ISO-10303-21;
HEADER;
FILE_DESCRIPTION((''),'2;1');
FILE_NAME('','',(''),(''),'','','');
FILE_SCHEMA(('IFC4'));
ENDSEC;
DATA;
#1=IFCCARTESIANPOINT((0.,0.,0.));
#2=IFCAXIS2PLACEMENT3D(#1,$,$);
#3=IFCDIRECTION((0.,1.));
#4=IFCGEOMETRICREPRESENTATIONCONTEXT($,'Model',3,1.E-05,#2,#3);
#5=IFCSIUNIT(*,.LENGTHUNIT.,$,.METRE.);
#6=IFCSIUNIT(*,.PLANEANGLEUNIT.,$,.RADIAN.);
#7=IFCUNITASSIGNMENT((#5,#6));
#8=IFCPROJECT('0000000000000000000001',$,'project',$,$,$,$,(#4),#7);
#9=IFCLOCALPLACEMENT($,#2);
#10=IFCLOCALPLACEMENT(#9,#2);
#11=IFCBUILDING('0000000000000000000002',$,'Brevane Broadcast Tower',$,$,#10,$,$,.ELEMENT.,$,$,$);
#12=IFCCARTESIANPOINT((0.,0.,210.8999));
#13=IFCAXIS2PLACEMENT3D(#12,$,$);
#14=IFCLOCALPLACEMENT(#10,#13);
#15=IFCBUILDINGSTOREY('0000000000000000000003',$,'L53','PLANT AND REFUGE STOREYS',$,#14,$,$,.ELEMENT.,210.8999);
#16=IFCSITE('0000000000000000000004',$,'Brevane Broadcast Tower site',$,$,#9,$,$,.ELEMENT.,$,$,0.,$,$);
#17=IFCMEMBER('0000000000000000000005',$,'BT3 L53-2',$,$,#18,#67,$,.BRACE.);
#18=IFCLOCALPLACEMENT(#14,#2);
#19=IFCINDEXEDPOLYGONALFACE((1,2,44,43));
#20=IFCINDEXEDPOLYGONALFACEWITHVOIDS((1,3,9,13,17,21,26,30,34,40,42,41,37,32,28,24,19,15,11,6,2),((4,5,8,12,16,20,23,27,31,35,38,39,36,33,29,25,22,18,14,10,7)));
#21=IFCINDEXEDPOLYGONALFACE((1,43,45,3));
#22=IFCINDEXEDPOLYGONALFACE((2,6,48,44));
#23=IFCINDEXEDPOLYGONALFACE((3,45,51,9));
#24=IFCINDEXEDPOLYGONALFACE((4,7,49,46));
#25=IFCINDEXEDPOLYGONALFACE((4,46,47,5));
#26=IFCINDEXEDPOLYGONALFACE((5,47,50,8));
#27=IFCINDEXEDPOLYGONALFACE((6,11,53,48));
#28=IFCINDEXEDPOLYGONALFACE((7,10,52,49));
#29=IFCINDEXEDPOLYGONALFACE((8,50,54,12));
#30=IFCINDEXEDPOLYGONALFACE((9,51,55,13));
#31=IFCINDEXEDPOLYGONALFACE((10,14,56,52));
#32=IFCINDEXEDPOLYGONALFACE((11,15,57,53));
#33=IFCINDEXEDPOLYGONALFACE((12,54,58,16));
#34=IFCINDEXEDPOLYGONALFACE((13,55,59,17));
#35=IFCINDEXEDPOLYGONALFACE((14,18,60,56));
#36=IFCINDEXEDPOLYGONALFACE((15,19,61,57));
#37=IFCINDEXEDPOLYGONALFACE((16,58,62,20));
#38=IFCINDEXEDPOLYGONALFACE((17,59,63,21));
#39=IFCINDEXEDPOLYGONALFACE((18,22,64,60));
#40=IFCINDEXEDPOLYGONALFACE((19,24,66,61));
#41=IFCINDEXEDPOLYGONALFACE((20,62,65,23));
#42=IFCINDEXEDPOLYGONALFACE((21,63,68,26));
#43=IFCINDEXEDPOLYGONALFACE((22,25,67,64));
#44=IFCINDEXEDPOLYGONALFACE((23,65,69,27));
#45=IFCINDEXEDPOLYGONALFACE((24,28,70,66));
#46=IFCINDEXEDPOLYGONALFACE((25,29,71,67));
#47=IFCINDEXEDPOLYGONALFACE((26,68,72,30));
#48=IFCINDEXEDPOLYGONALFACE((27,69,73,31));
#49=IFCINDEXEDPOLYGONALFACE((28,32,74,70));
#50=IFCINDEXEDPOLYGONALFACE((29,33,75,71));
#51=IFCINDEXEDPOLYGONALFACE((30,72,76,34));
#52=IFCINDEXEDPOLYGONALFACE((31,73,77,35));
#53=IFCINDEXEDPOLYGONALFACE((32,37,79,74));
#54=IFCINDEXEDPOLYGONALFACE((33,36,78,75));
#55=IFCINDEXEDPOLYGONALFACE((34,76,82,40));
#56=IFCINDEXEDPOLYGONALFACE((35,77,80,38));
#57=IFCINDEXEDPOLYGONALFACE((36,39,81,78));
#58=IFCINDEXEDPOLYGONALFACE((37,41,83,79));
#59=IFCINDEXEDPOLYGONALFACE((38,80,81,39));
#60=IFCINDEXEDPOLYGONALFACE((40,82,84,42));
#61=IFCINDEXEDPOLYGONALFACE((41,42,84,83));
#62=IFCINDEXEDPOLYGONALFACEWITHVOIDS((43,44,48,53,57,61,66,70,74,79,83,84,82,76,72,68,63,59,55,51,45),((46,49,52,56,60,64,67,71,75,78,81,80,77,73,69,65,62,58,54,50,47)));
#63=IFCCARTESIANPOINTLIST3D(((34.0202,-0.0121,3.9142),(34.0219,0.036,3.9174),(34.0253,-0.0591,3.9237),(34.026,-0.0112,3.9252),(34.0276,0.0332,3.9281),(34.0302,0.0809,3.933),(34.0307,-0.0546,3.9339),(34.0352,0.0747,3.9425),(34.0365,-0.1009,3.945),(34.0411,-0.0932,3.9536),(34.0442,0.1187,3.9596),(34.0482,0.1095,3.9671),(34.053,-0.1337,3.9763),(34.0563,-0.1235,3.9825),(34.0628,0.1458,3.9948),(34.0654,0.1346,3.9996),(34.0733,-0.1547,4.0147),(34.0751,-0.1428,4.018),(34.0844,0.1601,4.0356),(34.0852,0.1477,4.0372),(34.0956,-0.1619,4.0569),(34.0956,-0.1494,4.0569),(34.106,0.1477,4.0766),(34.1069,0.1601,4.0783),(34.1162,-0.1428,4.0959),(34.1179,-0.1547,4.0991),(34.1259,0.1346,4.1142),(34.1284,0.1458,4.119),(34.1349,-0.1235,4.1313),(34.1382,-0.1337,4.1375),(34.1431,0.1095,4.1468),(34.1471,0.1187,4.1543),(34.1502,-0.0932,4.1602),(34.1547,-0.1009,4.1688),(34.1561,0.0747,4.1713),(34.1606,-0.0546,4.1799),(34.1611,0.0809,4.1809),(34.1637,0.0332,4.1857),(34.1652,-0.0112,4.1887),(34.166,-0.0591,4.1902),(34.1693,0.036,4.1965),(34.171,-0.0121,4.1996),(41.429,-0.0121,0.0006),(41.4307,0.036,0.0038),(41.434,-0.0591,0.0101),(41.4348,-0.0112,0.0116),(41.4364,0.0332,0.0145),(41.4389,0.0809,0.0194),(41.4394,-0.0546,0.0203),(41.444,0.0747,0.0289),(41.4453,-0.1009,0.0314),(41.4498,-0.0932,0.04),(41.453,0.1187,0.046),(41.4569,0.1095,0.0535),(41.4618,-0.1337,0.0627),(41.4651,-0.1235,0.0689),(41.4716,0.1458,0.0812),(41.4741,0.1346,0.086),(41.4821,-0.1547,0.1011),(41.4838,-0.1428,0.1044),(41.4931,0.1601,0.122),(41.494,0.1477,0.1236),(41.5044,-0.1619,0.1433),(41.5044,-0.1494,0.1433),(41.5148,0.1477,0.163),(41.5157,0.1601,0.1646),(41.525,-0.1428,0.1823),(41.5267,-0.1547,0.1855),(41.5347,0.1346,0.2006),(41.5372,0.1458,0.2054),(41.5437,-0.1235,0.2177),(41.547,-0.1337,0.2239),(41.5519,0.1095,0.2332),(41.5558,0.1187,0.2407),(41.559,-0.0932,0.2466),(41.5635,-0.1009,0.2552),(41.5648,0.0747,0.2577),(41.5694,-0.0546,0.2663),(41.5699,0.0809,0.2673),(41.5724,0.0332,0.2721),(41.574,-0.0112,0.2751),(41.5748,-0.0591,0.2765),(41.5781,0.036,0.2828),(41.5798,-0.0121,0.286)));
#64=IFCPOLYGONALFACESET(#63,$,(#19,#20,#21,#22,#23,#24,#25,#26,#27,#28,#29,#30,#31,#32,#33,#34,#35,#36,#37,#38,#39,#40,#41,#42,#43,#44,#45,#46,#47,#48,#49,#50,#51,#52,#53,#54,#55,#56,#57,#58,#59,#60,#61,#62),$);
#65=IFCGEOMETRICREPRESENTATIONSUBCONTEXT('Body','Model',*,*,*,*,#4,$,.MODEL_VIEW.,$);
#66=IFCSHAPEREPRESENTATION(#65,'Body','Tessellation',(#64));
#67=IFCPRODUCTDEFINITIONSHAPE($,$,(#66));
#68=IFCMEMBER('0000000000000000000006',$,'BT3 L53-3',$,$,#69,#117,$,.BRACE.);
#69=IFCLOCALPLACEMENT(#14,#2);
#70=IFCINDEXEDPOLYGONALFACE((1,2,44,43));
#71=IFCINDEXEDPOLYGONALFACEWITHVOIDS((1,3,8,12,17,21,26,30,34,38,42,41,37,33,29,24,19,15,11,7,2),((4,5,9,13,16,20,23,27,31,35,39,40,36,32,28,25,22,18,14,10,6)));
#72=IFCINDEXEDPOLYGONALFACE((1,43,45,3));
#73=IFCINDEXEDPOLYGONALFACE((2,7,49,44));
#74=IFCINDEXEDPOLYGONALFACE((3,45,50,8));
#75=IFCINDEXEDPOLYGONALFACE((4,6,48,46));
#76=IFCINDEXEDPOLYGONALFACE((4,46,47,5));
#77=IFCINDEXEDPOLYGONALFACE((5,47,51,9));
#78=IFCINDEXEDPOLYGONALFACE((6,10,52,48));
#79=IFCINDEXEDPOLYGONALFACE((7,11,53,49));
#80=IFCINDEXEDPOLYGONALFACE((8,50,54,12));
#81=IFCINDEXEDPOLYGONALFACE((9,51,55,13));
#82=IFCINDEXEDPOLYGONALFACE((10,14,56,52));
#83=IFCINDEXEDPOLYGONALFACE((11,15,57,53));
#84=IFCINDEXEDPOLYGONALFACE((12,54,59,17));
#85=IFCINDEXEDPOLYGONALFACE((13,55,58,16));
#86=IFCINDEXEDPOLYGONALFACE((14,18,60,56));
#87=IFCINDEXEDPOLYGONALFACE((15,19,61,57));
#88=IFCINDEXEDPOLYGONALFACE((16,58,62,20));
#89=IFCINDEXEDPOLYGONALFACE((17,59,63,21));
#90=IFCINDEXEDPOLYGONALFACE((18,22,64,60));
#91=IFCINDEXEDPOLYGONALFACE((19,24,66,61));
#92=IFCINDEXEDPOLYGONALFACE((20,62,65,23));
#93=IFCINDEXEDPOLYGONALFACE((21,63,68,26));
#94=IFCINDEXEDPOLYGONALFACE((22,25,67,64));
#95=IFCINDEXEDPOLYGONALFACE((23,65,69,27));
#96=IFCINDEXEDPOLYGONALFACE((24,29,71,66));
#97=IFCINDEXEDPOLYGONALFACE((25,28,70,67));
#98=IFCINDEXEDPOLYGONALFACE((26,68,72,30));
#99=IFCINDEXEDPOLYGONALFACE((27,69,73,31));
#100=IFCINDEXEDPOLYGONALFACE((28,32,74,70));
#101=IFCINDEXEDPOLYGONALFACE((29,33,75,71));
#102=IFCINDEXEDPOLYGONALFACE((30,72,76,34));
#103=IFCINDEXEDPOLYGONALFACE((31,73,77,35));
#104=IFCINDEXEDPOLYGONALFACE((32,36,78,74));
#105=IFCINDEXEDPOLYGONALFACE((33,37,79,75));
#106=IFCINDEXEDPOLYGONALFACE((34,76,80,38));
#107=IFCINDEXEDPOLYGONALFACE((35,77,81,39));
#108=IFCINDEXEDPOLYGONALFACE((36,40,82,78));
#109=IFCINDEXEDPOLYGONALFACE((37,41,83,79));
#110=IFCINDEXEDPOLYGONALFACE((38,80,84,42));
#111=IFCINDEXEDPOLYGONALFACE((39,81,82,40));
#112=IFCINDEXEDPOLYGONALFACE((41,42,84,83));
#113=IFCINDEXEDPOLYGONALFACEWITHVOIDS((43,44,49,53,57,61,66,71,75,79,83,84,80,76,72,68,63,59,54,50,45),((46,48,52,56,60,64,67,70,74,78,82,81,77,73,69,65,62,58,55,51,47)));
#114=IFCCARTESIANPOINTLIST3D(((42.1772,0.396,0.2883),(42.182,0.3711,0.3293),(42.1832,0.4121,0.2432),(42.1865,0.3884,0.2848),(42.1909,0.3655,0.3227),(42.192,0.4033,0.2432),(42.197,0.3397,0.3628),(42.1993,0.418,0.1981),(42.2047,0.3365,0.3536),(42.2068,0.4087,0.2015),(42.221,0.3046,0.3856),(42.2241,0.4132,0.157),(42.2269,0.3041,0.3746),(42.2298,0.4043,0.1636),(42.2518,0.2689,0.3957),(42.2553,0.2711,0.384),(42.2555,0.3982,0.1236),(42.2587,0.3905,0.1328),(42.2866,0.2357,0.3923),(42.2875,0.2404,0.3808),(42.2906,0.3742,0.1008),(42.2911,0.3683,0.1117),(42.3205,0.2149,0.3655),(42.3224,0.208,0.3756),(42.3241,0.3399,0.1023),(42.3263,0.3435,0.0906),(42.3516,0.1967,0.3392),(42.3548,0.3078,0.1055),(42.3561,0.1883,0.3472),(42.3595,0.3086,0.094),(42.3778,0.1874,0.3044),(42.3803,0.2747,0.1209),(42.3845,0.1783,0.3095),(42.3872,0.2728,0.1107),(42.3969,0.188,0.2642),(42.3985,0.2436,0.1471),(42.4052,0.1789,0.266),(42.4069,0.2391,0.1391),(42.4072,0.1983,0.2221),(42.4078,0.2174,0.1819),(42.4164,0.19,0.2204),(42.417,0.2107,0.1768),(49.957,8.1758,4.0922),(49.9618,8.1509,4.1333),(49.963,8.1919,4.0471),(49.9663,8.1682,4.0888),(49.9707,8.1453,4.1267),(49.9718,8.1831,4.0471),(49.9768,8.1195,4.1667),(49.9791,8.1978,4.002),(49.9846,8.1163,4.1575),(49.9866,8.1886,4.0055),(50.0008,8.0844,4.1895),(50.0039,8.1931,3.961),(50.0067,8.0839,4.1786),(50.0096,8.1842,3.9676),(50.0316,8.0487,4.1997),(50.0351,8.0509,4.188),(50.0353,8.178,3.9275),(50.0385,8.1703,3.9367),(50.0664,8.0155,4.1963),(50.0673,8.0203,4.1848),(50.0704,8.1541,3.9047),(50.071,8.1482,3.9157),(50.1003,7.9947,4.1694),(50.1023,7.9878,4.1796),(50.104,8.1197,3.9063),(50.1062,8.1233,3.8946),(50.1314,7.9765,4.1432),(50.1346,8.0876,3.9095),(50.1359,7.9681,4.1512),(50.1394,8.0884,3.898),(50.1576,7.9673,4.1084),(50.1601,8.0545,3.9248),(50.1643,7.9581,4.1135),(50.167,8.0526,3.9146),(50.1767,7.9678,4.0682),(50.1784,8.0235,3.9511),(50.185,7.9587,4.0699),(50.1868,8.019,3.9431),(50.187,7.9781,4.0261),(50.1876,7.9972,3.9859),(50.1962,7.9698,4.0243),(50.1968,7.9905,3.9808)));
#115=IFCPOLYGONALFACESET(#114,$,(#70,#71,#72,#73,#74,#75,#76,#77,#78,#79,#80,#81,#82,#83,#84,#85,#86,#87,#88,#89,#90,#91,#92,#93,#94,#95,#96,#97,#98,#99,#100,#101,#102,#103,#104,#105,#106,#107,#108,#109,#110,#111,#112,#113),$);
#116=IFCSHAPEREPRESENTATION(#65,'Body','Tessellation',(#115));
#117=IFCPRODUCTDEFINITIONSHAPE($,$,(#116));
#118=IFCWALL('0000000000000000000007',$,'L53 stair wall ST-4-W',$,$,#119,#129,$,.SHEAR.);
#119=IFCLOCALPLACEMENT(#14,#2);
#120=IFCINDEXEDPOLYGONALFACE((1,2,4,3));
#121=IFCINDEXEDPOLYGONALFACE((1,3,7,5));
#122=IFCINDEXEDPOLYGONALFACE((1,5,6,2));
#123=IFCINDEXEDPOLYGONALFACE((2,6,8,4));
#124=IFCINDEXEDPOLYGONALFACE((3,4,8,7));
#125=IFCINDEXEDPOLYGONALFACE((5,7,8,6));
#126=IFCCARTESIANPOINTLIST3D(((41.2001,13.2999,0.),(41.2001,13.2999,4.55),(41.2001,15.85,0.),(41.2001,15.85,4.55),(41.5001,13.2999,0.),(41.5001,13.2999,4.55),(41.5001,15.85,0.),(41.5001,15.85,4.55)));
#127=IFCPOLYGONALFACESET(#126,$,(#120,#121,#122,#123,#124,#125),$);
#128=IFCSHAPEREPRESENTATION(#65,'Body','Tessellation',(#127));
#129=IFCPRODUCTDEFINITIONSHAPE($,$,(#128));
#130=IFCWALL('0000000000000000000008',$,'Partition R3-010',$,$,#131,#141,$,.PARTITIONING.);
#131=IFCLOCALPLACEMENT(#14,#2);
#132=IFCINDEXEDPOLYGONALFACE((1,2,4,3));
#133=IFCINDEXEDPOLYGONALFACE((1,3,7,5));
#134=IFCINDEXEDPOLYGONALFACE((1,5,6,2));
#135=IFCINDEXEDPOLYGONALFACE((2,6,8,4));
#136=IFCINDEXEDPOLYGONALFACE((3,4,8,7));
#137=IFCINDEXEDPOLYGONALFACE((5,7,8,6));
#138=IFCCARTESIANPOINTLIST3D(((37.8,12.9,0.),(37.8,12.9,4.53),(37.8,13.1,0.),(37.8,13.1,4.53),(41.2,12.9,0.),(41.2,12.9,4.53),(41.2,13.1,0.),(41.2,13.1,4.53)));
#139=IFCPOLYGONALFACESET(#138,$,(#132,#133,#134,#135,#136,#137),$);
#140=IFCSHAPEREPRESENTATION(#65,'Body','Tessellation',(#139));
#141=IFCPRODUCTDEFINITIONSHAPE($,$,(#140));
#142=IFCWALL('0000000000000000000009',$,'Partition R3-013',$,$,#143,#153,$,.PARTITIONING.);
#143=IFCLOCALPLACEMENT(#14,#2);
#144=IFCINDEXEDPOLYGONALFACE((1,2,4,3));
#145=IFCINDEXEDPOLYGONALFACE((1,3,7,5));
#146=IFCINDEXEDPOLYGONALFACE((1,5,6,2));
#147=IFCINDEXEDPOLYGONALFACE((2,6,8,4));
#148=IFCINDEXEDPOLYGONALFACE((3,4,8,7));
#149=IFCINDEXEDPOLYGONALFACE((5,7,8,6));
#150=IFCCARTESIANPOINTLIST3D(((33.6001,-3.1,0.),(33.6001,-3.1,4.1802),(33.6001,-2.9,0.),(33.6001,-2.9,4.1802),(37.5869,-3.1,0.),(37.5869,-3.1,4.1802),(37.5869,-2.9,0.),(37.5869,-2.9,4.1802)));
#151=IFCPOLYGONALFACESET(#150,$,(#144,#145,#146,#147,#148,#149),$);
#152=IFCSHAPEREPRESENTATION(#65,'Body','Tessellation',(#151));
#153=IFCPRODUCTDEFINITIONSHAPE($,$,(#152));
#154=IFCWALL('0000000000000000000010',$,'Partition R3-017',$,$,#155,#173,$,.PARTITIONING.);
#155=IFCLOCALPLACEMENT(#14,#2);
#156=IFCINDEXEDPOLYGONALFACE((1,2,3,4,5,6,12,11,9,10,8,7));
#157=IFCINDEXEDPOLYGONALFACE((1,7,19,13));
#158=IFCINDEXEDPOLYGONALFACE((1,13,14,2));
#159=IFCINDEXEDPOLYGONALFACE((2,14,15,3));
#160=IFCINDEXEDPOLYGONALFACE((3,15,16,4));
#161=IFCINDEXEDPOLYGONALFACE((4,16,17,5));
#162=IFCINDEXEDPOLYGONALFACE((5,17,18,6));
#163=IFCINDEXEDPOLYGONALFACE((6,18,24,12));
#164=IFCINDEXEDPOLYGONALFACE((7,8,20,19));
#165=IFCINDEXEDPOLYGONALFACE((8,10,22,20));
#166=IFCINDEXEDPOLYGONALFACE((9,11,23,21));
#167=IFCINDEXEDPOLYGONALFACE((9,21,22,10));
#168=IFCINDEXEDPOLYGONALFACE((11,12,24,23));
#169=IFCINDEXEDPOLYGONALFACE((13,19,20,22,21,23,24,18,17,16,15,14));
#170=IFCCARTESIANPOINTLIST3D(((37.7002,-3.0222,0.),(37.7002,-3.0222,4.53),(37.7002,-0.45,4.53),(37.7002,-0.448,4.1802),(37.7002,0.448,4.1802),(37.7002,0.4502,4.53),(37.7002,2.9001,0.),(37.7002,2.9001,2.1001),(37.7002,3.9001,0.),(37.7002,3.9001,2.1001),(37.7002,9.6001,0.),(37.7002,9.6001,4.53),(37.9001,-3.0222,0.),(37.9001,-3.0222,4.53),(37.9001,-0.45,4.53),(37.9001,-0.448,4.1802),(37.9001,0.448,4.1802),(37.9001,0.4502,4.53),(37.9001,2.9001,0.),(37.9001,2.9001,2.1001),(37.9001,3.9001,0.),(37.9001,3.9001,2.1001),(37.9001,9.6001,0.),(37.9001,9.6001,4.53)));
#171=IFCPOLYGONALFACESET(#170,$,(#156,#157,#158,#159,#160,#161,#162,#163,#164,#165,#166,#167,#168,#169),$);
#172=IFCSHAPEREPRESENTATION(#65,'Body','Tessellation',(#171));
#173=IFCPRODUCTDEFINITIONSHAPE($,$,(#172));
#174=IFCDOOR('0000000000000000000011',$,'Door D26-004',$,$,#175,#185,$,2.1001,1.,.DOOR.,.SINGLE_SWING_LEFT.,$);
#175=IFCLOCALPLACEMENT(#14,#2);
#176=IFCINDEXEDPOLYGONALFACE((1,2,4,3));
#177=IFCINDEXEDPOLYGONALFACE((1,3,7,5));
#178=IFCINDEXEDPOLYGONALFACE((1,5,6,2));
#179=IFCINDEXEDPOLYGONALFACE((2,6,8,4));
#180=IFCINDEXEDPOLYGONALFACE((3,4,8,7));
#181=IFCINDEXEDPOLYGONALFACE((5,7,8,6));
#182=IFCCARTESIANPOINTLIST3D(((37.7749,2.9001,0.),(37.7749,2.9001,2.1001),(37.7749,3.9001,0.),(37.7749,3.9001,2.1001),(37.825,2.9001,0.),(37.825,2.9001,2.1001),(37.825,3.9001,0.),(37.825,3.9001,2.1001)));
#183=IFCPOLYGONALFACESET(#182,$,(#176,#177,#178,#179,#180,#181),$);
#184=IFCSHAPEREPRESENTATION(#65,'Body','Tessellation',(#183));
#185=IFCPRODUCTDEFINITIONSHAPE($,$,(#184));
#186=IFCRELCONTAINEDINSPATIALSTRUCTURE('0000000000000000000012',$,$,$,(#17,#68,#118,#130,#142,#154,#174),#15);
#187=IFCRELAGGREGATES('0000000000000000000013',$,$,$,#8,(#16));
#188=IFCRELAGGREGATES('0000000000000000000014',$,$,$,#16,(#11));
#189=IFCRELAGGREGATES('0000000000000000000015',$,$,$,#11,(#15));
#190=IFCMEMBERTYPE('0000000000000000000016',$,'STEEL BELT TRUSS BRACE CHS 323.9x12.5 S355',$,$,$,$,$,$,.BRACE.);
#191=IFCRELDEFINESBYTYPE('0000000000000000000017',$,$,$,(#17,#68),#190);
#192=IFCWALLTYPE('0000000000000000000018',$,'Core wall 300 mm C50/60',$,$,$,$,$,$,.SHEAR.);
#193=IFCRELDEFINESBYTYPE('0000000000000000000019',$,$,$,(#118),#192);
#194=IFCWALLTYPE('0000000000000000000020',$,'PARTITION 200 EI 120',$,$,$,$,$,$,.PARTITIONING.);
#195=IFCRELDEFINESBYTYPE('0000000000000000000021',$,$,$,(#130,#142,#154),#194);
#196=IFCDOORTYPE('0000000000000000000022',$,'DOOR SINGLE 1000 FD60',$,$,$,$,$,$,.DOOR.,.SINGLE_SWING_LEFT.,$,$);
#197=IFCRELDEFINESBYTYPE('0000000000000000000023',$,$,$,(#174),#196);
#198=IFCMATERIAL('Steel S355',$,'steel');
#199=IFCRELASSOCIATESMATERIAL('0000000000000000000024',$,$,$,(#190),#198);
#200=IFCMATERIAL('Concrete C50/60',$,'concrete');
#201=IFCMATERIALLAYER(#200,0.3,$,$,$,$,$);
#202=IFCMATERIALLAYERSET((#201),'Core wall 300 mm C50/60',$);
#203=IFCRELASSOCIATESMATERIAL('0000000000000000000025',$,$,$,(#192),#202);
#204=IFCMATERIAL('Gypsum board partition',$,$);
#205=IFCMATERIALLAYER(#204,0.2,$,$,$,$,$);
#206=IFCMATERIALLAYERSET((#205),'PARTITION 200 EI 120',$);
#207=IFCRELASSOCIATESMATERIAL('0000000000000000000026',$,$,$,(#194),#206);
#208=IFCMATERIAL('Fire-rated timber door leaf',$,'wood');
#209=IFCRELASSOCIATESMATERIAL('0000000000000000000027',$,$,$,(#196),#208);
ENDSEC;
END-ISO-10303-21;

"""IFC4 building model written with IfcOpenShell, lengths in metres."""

from ifc_helpers import new_model, si_unit, direction, frame, frame_2d, origin, origin_2d, place, context, subcontext, project, spatial, polyline, rectangle, hollow_circle, outline, extrude, material, layer, layer_set, material_profile, profile_set, type_object, element, fill, save


model = new_model("IFC4")

# Units and contexts
model_context = context("Model", 3, precision=1e-05, world=origin(), true_north=direction((0.0, 1.0)))
body_context = subcontext(model_context, "Body", "Model", "MODEL_VIEW")
ifc_project = project(units=[si_unit("LENGTHUNIT", "METRE"), si_unit("PLANEANGLEUNIT", "RADIAN")], contexts=[model_context])

# Site, building, storey
site_placement = place(None, origin())
site = spatial("IfcSite", under=ifc_project, at=site_placement, Name="Brevane Broadcast Tower site", CompositionType="ELEMENT", RefElevation=0.0)
building_placement = place(site_placement, origin())
building = spatial("IfcBuilding", under=site, at=building_placement, Name="Brevane Broadcast Tower", CompositionType="ELEMENT")
storey_placement = place(building_placement, frame((0.0, 0.0, 210.8999)))
storey = spatial("IfcBuildingStorey", under=building, at=storey_placement, Name="L53", Description="PLANT AND REFUGE STOREYS", CompositionType="ELEMENT", Elevation=210.8999)

# Shared definitions
ifc_material_1 = material(Name="Concrete C50/60", Category="concrete")

# Members
ifc_material_2 = material(Name="Steel S355", Category="steel")
ifc_material_profile_1 = material_profile(ifc_material_2, hollow_circle(Radius=0.1619, WallThickness=0.0125, at=origin_2d()), Name="CHS 323.9x12.5")
ifc_profile_set_1 = profile_set([ifc_material_profile_1], Name="Steel S355")
member_type_1 = type_object("IfcMemberType", Name="STEEL BELT TRUSS BRACE CHS 323.9x12.5 S355", PredefinedType="BRACE", material=ifc_profile_set_1)
member_1_placement = place(storey_placement, frame((41.5044, 0.0, 0.1433), z_axis=(-0.884216, 0.0, 0.467079), x_axis=(0.0, -1.0, 0.0)))
element("IfcMember", 1, at=member_1_placement, inside=storey, type_object=member_type_1, Name="BT3 L53-2", PredefinedType="BRACE", context=body_context, shape_type="SweptSolid", body=[
    extrude(hollow_circle(Radius=0.1619, WallThickness=0.0125, at=origin_2d()), origin(), (0.0, 0.0, 1.0), 8.3789),
])
member_2_placement = place(storey_placement, frame((42.2976, 0.2976, 0.2432), z_axis=(0.668291, 0.668291, 0.326763), x_axis=(-0.707107, 0.707107, 0.0)))
element("IfcMember", 2, at=member_2_placement, inside=storey, type_object=member_type_1, Name="BT3 L53-3", PredefinedType="BRACE", context=body_context, shape_type="SweptSolid", body=[
    extrude(hollow_circle(Radius=0.1619, WallThickness=0.0125, at=origin_2d()), origin(), (0.0, 0.0, 1.0), 11.6414),
])

# Walls
ifc_layer_1 = layer(ifc_material_1, 0.3)
ifc_layer_set_1 = layer_set([ifc_layer_1], Name="Core wall 300 mm C50/60")
wall_type_1 = type_object("IfcWallType", Name="Core wall 300 mm C50/60", PredefinedType="SHEAR", material=ifc_layer_set_1)
wall_1_placement = place(storey_placement, frame((41.3501, 13.3, 0.0), z_axis=(0.0, 0.0, 1.0), x_axis=(0.0, 1.0, 0.0)))
element("IfcWall", 3, at=wall_1_placement, inside=storey, type_object=wall_type_1, Name="L53 stair wall ST-4-W", PredefinedType="SHEAR", context=body_context, shape_type="SweptSolid", body=[
    extrude(rectangle(XDim=2.55, YDim=0.3, at=frame_2d((1.2749, 0.0))), origin(), (0.0, 0.0, 1.0), 4.55),
])
ifc_material_3 = material(Name="Gypsum board partition")
ifc_layer_2 = layer(ifc_material_3, 0.2)
ifc_layer_set_2 = layer_set([ifc_layer_2], Name="PARTITION 200 EI 120")
wall_type_2 = type_object("IfcWallType", Name="PARTITION 200 EI 120", PredefinedType="PARTITIONING", material=ifc_layer_set_2)
wall_2_placement = place(storey_placement, frame((37.8, 13.0, 0.0), z_axis=(0.0, 0.0, 1.0), x_axis=(1.0, 0.0, 0.0)))
element("IfcWall", 4, at=wall_2_placement, inside=storey, type_object=wall_type_2, Name="Partition R3-010", PredefinedType="PARTITIONING", context=body_context, shape_type="SweptSolid", body=[
    extrude(rectangle(XDim=3.3999, YDim=0.2, at=frame_2d((1.7, 0.0))), origin(), (0.0, 0.0, 1.0), 4.53),
])
wall_3_placement = place(storey_placement, frame((37.5869, -3.0, 0.0), z_axis=(0.0, 0.0, 1.0), x_axis=(-1.0, 0.0, 0.0)))
element("IfcWall", 5, at=wall_3_placement, inside=storey, type_object=wall_type_2, Name="Partition R3-013", PredefinedType="PARTITIONING", context=body_context, shape_type="SweptSolid", body=[
    extrude(rectangle(XDim=3.9868, YDim=0.2, at=frame_2d((1.9934, 0.0))), origin(), (0.0, 0.0, 1.0), 4.1802),
])

# Wall, opening, door
wall_4_placement = place(storey_placement, frame((37.8, 9.6001, 0.0), z_axis=(0.0, 0.0, 1.0), x_axis=(0.0, -1.0, 0.0)))
wall_4 = element("IfcWall", 6, at=wall_4_placement, inside=storey, type_object=wall_type_2, Name="Partition R3-017", PredefinedType="PARTITIONING", context=body_context, shape_type="SweptSolid", body=[
    extrude(outline(polyline([(0.0, 0.0), (12.6223, 0.0), (12.6223, 4.53), (10.05, 4.53), (10.0481, 4.1802), (9.1521, 4.1802), (9.1499, 4.53), (0.0, 4.53), (0.0, 0.0)])), frame((0.0, 0.1001, 0.0), z_axis=(0.0, -1.0, 0.0), x_axis=(1.0, 0.0, 0.0)), (0.0, 0.0, 1.0), 0.2),
])
opening_placement = place(wall_4_placement, frame((5.7, 0.0, 0.0)))
opening = element("IfcOpeningElement", 7, at=opening_placement, cuts=wall_4, PredefinedType="OPENING", context=body_context, shape_type="SweptSolid", body=[
    extrude(rectangle(XDim=1.0, YDim=2.1001, at=frame_2d((0.5, 1.05))), frame((0.0, 0.1099, 0.0), z_axis=(0.0, -1.0, 0.0), x_axis=(1.0, 0.0, 0.0)), (0.0, 0.0, 1.0), 0.22),
])
ifc_material_4 = material(Name="Fire-rated timber door leaf", Category="wood")
door_type = type_object("IfcDoorType", Name="DOOR SINGLE 1000 FD60", OperationType="SINGLE_SWING_LEFT", PredefinedType="DOOR", material=ifc_material_4)
door_placement = place(opening_placement, origin())
door = element("IfcDoor", 8, at=door_placement, inside=storey, type_object=door_type, Name="Door D26-004", OperationType="SINGLE_SWING_LEFT", OverallHeight=2.1001, OverallWidth=1.0, PredefinedType="DOOR", context=body_context, shape_type="SweptSolid", body=[
    extrude(rectangle(XDim=1.0, YDim=2.1001, at=frame_2d((0.5, 1.05))), frame((0.0, 0.0249, 0.0), z_axis=(0.0, -1.0, 0.0), x_axis=(1.0, 0.0, 0.0)), (0.0, 0.0, 1.0), 0.05),
])
fill(opening, door)

save(model, "model.ifc")
